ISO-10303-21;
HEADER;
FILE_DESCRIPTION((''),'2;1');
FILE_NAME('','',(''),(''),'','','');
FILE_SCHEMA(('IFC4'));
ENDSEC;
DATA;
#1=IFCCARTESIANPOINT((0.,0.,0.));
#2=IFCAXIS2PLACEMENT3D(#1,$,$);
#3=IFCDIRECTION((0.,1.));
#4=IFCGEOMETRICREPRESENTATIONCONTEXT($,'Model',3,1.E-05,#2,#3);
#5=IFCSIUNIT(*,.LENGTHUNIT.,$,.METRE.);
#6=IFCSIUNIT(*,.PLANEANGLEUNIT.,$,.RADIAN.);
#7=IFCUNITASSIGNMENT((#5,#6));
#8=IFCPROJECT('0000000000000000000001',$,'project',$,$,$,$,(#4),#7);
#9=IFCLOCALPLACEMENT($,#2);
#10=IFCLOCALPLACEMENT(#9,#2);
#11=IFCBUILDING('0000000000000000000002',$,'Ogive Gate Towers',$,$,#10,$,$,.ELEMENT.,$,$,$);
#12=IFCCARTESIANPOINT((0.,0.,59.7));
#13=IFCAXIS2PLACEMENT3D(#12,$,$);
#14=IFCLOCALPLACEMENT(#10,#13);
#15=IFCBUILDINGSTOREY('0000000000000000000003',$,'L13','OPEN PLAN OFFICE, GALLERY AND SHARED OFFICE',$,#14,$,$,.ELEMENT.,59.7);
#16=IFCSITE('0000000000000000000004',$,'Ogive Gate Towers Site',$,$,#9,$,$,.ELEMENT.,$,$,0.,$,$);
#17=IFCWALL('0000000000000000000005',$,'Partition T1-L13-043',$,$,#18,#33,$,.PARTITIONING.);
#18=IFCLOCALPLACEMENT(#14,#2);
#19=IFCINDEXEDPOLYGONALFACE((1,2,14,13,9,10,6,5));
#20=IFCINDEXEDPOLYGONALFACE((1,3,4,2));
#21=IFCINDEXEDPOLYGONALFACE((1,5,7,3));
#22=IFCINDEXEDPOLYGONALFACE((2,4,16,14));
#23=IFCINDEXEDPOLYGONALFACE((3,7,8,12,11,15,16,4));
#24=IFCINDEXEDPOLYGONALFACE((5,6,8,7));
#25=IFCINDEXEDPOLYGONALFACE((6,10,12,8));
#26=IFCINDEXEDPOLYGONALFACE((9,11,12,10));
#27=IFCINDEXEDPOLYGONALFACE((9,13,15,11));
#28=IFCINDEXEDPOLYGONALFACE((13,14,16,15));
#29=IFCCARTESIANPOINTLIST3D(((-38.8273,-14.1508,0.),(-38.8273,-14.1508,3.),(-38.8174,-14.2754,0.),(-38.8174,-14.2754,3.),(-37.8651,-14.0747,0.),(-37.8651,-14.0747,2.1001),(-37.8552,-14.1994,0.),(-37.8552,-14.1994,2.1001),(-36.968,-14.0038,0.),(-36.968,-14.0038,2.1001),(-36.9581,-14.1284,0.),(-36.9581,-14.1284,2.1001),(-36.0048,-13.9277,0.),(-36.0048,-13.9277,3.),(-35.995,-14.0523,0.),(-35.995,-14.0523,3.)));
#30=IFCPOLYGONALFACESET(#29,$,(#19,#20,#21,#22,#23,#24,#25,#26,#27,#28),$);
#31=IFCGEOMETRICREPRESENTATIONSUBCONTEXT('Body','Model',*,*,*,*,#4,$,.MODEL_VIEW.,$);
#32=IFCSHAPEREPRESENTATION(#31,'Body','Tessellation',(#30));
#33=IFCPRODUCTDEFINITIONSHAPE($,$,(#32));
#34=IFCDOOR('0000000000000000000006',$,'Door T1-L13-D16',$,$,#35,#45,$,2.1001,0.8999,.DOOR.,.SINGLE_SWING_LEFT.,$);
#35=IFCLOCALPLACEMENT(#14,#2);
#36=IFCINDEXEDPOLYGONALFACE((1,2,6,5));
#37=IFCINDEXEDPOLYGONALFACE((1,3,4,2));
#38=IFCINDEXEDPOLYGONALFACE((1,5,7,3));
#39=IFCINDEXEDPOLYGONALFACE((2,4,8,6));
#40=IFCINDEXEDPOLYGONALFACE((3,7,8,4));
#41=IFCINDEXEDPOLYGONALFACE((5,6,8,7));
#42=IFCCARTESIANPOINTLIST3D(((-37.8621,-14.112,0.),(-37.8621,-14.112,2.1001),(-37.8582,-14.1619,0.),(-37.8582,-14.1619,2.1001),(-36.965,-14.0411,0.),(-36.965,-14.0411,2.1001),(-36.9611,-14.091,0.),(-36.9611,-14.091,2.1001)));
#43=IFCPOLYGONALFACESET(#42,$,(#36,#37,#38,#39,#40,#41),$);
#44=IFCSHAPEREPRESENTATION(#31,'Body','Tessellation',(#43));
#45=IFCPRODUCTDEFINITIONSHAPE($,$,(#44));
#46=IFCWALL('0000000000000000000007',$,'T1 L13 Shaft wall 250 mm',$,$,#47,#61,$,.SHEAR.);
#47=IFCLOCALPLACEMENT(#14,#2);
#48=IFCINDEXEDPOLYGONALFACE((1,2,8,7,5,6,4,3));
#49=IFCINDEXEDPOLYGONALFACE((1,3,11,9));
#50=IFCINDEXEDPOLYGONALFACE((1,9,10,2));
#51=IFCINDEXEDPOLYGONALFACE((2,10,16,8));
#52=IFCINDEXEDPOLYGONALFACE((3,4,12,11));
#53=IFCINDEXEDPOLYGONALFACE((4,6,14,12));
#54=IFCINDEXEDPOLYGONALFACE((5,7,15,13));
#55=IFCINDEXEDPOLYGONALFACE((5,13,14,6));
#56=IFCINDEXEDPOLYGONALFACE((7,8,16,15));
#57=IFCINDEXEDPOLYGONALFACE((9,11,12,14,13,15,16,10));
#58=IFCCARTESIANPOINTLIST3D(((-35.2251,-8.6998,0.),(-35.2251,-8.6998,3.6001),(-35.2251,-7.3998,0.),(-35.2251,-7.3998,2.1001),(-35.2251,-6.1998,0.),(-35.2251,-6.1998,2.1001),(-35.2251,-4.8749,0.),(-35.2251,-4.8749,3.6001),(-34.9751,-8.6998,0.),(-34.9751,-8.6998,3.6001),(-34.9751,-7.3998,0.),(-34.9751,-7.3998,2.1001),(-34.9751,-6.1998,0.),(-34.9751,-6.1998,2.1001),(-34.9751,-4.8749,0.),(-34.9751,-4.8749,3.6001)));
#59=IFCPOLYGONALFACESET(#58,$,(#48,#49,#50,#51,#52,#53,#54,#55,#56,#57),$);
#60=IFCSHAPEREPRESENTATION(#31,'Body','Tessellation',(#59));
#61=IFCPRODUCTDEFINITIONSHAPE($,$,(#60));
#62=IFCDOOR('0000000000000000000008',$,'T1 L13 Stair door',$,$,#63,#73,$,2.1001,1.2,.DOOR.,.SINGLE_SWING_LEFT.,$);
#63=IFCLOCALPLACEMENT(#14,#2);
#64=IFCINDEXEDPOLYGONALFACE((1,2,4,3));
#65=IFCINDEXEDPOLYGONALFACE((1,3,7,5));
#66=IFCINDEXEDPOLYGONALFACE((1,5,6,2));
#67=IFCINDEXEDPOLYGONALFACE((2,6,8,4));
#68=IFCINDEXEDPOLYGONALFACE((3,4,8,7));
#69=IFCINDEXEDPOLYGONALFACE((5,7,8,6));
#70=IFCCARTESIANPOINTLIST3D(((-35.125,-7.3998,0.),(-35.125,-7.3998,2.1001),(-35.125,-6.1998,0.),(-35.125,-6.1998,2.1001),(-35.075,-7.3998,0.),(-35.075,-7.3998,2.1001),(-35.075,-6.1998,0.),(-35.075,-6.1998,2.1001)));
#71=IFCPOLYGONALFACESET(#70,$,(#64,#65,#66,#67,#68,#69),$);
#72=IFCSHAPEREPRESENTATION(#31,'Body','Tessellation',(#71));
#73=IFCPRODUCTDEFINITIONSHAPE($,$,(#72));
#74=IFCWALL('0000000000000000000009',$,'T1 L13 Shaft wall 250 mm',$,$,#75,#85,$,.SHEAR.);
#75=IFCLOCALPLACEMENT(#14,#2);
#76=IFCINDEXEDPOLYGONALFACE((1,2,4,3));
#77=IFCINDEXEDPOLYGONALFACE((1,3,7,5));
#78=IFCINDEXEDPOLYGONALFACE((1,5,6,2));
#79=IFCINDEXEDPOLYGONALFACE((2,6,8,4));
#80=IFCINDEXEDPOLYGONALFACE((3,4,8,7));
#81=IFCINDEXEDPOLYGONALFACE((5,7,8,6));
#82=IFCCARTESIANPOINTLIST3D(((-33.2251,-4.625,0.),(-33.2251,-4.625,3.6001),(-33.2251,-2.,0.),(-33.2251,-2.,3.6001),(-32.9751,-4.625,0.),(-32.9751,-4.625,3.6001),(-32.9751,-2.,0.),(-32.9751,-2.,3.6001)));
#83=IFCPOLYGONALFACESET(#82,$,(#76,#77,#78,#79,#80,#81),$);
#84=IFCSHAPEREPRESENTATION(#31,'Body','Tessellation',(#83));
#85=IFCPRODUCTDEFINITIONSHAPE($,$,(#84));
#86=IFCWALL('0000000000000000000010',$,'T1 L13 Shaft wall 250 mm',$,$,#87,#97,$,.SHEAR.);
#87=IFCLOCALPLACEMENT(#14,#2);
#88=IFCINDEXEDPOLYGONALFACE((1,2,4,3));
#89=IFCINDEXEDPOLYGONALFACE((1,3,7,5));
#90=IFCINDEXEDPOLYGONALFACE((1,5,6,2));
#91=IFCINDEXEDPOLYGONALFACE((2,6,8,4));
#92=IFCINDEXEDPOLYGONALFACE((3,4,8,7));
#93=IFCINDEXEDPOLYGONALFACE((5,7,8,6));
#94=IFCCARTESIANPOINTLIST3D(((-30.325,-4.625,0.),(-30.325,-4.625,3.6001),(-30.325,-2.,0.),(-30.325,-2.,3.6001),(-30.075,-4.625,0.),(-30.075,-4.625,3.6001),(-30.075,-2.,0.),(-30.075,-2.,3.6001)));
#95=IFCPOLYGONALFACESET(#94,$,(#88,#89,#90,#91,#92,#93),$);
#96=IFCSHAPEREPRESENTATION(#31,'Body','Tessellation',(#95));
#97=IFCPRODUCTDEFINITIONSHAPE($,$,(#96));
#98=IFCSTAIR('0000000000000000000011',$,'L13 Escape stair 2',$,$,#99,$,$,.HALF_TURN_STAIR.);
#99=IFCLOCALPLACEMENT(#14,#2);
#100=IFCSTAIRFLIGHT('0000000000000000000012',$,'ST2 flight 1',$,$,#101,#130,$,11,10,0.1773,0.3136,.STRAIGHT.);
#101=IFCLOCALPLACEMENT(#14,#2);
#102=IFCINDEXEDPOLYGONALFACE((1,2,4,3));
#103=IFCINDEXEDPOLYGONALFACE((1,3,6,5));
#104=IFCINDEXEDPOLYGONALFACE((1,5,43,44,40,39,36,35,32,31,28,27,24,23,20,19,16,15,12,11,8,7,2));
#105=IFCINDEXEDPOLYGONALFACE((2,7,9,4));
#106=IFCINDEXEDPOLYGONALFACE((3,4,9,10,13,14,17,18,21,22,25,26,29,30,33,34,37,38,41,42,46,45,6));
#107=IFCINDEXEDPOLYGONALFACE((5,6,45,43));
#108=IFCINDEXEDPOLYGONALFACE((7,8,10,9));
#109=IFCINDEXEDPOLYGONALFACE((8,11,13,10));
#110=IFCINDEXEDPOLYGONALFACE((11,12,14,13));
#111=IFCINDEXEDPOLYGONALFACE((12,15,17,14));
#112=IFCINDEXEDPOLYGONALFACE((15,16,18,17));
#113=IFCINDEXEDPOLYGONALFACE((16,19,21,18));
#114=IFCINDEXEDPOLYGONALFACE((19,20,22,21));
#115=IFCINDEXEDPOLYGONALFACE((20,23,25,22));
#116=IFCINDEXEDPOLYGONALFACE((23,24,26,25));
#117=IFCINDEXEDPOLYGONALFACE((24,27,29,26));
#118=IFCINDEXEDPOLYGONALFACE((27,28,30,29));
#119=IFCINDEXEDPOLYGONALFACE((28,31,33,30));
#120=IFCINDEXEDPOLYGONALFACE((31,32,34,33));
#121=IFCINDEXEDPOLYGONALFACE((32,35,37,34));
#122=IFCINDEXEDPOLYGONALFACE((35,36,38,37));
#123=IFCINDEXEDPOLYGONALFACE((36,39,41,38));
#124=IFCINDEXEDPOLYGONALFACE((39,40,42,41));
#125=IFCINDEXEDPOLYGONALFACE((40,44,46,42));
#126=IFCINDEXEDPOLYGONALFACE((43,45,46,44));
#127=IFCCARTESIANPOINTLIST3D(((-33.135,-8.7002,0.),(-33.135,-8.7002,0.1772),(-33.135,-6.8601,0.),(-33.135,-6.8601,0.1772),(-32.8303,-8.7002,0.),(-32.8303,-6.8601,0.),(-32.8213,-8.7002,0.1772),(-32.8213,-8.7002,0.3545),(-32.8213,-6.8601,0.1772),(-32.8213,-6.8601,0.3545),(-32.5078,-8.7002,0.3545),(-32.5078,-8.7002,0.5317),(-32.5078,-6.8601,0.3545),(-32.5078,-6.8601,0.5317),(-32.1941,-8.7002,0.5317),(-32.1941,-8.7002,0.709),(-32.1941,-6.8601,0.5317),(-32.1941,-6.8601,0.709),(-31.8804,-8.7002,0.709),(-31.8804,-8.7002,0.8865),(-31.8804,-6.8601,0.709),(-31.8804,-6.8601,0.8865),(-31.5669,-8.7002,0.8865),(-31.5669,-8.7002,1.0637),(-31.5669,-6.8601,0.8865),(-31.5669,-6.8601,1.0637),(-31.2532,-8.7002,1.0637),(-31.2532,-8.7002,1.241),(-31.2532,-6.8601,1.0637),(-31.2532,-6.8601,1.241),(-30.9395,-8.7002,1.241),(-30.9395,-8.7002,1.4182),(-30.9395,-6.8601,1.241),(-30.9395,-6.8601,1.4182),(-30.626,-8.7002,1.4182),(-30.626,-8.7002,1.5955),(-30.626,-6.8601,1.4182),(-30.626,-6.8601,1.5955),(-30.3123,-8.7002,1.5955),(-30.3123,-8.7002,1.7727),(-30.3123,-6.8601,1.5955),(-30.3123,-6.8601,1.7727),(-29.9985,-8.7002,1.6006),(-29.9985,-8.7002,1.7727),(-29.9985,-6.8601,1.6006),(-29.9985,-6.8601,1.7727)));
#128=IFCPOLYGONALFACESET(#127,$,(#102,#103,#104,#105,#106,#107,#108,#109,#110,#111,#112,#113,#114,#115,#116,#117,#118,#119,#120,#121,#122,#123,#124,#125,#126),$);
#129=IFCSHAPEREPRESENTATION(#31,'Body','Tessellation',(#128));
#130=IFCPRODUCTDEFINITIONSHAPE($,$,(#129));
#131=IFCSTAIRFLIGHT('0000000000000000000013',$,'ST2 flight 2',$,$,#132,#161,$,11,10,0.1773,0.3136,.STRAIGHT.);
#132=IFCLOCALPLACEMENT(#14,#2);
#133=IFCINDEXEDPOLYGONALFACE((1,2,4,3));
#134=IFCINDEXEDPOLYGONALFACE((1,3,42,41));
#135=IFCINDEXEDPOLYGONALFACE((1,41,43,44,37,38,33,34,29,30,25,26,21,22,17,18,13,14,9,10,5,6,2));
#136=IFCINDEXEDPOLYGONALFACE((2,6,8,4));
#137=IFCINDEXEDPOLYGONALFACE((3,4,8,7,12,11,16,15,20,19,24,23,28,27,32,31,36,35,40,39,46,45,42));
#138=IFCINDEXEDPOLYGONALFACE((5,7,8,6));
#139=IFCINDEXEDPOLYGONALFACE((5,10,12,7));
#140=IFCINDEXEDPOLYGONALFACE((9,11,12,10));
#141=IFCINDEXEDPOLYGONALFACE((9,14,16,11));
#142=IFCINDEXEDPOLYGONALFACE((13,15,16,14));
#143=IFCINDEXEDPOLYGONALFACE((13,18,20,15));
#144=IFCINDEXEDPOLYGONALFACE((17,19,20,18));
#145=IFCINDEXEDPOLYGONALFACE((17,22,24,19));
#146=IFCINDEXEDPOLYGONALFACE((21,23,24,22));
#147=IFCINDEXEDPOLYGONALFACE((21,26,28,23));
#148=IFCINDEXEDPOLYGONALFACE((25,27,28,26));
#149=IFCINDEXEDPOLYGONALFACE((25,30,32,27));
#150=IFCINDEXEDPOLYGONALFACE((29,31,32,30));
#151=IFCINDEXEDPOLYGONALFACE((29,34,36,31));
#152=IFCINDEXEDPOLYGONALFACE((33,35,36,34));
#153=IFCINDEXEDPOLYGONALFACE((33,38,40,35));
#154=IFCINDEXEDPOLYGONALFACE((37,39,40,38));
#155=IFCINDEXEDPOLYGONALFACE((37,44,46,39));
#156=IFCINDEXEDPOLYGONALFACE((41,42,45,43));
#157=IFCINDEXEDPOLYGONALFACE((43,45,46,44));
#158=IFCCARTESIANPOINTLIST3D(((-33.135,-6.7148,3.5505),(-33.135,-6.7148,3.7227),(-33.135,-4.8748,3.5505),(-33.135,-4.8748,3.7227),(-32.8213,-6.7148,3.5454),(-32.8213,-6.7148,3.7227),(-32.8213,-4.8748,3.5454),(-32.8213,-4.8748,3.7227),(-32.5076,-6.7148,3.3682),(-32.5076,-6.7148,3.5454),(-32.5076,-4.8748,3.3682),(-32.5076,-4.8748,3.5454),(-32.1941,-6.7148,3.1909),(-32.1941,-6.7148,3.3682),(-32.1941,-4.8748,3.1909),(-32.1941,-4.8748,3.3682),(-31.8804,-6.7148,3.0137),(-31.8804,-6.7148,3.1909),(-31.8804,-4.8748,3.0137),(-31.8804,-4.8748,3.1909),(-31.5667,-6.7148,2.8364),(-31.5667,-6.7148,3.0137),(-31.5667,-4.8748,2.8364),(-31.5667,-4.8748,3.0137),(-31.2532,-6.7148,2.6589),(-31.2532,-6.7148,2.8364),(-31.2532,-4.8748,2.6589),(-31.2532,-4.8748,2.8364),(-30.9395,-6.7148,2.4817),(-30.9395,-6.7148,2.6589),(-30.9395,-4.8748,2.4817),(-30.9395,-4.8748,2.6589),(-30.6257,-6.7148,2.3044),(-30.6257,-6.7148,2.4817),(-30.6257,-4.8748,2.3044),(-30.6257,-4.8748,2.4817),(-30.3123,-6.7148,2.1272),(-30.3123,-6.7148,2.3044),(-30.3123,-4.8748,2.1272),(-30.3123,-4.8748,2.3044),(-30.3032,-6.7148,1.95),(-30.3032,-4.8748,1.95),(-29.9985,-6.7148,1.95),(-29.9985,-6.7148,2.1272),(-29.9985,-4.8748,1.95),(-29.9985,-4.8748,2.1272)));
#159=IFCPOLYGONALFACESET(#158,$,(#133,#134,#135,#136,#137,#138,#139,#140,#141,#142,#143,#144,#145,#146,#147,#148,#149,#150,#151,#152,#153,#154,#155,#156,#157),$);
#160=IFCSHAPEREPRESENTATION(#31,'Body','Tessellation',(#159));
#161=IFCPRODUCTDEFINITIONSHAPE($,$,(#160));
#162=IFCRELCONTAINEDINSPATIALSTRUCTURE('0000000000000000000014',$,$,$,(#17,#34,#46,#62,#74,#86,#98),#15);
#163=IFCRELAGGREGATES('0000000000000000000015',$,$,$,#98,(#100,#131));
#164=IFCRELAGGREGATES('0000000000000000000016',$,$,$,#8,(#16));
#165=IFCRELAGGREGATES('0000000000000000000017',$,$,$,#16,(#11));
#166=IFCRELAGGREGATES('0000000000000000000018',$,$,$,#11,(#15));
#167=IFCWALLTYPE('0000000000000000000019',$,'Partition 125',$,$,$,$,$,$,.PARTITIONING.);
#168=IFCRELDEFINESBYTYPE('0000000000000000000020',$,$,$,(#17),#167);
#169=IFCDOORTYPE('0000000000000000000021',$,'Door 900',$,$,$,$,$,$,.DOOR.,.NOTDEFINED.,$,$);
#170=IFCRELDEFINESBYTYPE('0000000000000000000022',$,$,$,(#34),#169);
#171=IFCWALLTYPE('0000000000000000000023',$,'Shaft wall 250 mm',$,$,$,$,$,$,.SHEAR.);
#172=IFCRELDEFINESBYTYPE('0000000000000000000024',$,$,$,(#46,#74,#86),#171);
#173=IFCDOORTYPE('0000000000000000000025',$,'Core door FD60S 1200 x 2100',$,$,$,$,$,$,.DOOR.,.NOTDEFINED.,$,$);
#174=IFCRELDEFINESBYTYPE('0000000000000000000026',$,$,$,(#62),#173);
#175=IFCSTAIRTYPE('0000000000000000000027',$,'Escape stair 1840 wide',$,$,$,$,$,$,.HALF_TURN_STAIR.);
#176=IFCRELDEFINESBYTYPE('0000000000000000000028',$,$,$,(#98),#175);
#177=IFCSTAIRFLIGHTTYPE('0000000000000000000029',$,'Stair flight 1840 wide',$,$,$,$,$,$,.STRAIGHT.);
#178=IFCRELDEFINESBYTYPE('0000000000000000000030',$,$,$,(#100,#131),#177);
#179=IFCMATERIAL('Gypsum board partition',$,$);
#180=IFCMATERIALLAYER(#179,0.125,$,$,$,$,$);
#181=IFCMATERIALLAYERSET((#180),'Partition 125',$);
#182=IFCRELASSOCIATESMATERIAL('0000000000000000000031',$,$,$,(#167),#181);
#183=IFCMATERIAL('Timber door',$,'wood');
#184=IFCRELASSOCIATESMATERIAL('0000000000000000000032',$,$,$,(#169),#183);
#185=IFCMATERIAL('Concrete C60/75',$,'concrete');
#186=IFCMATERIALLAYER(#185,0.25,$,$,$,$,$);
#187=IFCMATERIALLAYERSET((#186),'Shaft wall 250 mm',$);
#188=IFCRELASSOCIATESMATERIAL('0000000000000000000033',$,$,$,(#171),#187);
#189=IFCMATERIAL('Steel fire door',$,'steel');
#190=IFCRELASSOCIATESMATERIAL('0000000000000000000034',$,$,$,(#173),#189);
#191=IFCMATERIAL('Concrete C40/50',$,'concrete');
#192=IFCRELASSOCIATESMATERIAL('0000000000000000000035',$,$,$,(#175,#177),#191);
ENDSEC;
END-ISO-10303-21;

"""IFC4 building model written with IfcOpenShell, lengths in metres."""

from ifc_helpers import new_model, si_unit, direction, frame, frame_2d, origin, place, context, subcontext, project, spatial, polyline, rectangle, outline, extrude, material, layer, layer_set, type_object, element, fill, aggregate, save


model = new_model("IFC4")

# Units and contexts
model_context = context("Model", 3, precision=1e-05, world=origin(), true_north=direction((0.0, 1.0)))
body_context = subcontext(model_context, "Body", "Model", "MODEL_VIEW")
ifc_project = project(units=[si_unit("LENGTHUNIT", "METRE"), si_unit("PLANEANGLEUNIT", "RADIAN")], contexts=[model_context])

# Site, building, storey
site_placement = place(None, origin())
site = spatial("IfcSite", under=ifc_project, at=site_placement, Name="Ogive Gate Towers Site", CompositionType="ELEMENT", RefElevation=0.0)
building_placement = place(site_placement, origin())
building = spatial("IfcBuilding", under=site, at=building_placement, Name="Ogive Gate Towers", CompositionType="ELEMENT")
storey_placement = place(building_placement, frame((0.0, 0.0, 59.7)))
storey = spatial("IfcBuildingStorey", under=building, at=storey_placement, Name="L13", Description="OPEN PLAN OFFICE, GALLERY AND SHARED OFFICE", CompositionType="ELEMENT", Elevation=59.7)

# Shared definitions
ifc_material_1 = material(Name="Timber door", Category="wood")
ifc_material_2 = material(Name="Concrete C60/75", Category="concrete")
ifc_material_3 = material(Name="Steel fire door", Category="steel")

# Shared definitions
ifc_material_4 = material(Name="Gypsum board partition")
ifc_layer_1 = layer(ifc_material_4, 0.125)
ifc_layer_set_1 = layer_set([ifc_layer_1], Name="Partition 125")
wall_type_1 = type_object("IfcWallType", Name="Partition 125", PredefinedType="PARTITIONING", material=ifc_layer_set_1)

# Walls, openings, doors
door_type_1 = type_object("IfcDoorType", Name="Door 900", OperationType="NOTDEFINED", PredefinedType="DOOR", material=ifc_material_1)
wall_1_placement = place(storey_placement, frame((-36.0, -13.99, 0.0), z_axis=(0.0, 0.0, 1.0), x_axis=(-0.996889, -0.078813, 0.0)))
wall_1 = element("IfcWall", 1, at=wall_1_placement, inside=storey, type_object=wall_type_1, Name="Partition T1-L13-043", PredefinedType="PARTITIONING", context=body_context, shape_type="SweptSolid", body=[
    extrude(rectangle(XDim=2.8313, YDim=0.125, at=frame_2d((1.4155, 0.0))), origin(), (0.0, 0.0, 1.0), 3.0),
])
opening_1_placement = place(wall_1_placement, frame((0.9661, 0.0, 0.0)))
opening_1 = element("IfcOpeningElement", 2, at=opening_1_placement, cuts=wall_1, PredefinedType="OPENING", context=body_context, shape_type="SweptSolid", body=[
    extrude(rectangle(XDim=0.8999, YDim=2.1001, at=frame_2d((0.45, 1.05))), frame((0.0, 0.0725, 0.0), z_axis=(0.0, -1.0, 0.0), x_axis=(1.0, 0.0, 0.0)), (0.0, 0.0, 1.0), 0.145),
])
door_1_placement = place(opening_1_placement, origin())
door_1 = element("IfcDoor", 3, at=door_1_placement, inside=storey, type_object=door_type_1, Name="Door T1-L13-D16", OperationType="SINGLE_SWING_LEFT", OverallHeight=2.1001, OverallWidth=0.8999, PredefinedType="DOOR", context=body_context, shape_type="SweptSolid", body=[
    extrude(rectangle(XDim=0.8999, YDim=2.1001, at=frame_2d((0.45, 1.05))), frame((0.0, 0.0249, 0.0), z_axis=(0.0, -1.0, 0.0), x_axis=(1.0, 0.0, 0.0)), (0.0, 0.0, 1.0), 0.05),
])
fill(opening_1, door_1)
ifc_layer_2 = layer(ifc_material_2, 0.25)
ifc_layer_set_2 = layer_set([ifc_layer_2], Name="Shaft wall 250 mm")
wall_type_2 = type_object("IfcWallType", Name="Shaft wall 250 mm", PredefinedType="SHEAR", material=ifc_layer_set_2)
wall_2_placement = place(storey_placement, frame((-35.1001, -8.7, 0.0), z_axis=(0.0, 0.0, 1.0), x_axis=(0.0, 1.0, 0.0)))
wall_2 = element("IfcWall", 4, at=wall_2_placement, inside=storey, type_object=wall_type_2, Name="T1 L13 Shaft wall 250 mm", PredefinedType="SHEAR", context=body_context, shape_type="SweptSolid", body=[
    extrude(rectangle(XDim=3.825, YDim=0.25, at=frame_2d((1.9126, 0.0))), origin(), (0.0, 0.0, 1.0), 3.6001),
])
opening_2_placement = place(wall_2_placement, frame((1.3, 0.0, 0.0)))
opening_2 = element("IfcOpeningElement", 5, at=opening_2_placement, cuts=wall_2, PredefinedType="OPENING", context=body_context, shape_type="SweptSolid", body=[
    extrude(rectangle(XDim=1.2, YDim=2.1001, at=frame_2d((0.6001, 1.05))), frame((0.0, 0.135, 0.0), z_axis=(0.0, -1.0, 0.0), x_axis=(1.0, 0.0, 0.0)), (0.0, 0.0, 1.0), 0.27),
])
door_type_2 = type_object("IfcDoorType", Name="Core door FD60S 1200 x 2100", OperationType="NOTDEFINED", PredefinedType="DOOR", material=ifc_material_3)
door_2_placement = place(opening_2_placement, origin())
door_2 = element("IfcDoor", 6, at=door_2_placement, inside=storey, type_object=door_type_2, Name="T1 L13 Stair door", OperationType="SINGLE_SWING_LEFT", OverallHeight=2.1001, OverallWidth=1.2, PredefinedType="DOOR", context=body_context, shape_type="SweptSolid", body=[
    extrude(rectangle(XDim=1.2, YDim=2.1001, at=frame_2d((0.6001, 1.05))), frame((0.0, 0.0249, 0.0), z_axis=(0.0, -1.0, 0.0), x_axis=(1.0, 0.0, 0.0)), (0.0, 0.0, 1.0), 0.05),
])
fill(opening_2, door_2)

# Walls
for number, where, z_axis, x_axis, name in (
    (7, (-33.1001, -4.625, 0.0), (0.0, 0.0, 1.0), (0.0, 1.0, 0.0), "T1 L13 Shaft wall 250 mm"),
    (8, (-30.2, -4.625, 0.0), (0.0, 0.0, 1.0), (0.0, 1.0, 0.0), "T1 L13 Shaft wall 250 mm"),
):
    element("IfcWall", number, at=place(storey_placement, frame(where, z_axis=z_axis, x_axis=x_axis)), inside=storey, type_object=wall_type_2, Name=name, PredefinedType="SHEAR", context=body_context, shape_type="SweptSolid", body=[
        extrude(rectangle(XDim=2.625, YDim=0.25, at=frame_2d((1.3125, 0.0))), origin(), (0.0, 0.0, 1.0), 3.6001),
    ])

# Stair, stair flights
ifc_material_5 = material(Name="Concrete C40/50", Category="concrete")
stair_type = type_object("IfcStairType", Name="Escape stair 1840 wide", PredefinedType="HALF_TURN_STAIR", material=ifc_material_5)
stair_placement = place(storey_placement, origin())
stair = element("IfcStair", 9, at=stair_placement, inside=storey, type_object=stair_type, Name="L13 Escape stair 2", PredefinedType="HALF_TURN_STAIR")
stair_flight_type = type_object("IfcStairFlightType", Name="Stair flight 1840 wide", PredefinedType="STRAIGHT", material=ifc_material_5)
stair_flight_1_placement = place(storey_placement, frame((-33.135, -7.78, 0.0), z_axis=(0.0, 0.0, 1.0), x_axis=(1.0, 0.0, 0.0)))
stair_flight_1 = element("IfcStairFlight", 10, at=stair_flight_1_placement, type_object=stair_flight_type, Name="ST2 flight 1", NumberOfRisers=11, NumberOfTreads=10, PredefinedType="STRAIGHT", RiserHeight=0.1773, TreadLength=0.3136, context=body_context, shape_type="SweptSolid", body=[
    extrude(outline(polyline([(0.0, 0.0), (0.0, 0.1772), (0.3137, 0.1772), (0.3137, 0.3545), (0.6272, 0.3545), (0.6272, 0.5317), (0.9409, 0.5317), (0.9409, 0.709), (1.2546, 0.709), (1.2546, 0.8865), (1.5681, 0.8865), (1.5681, 1.0637), (1.8818, 1.0637), (1.8818, 1.241), (2.1956, 1.241), (2.1956, 1.4182), (2.509, 1.4182), (2.509, 1.5955), (2.8228, 1.5955), (2.8228, 1.7727), (3.1365, 1.7727), (3.1365, 1.95), (3.1365, 1.6006), (0.3047, 0.0), (0.0, 0.0)])), frame((0.0, 0.9199, 0.0), z_axis=(0.0, -1.0, 0.0), x_axis=(1.0, 0.0, 0.0)), (0.0, 0.0, 1.0), 1.8401),
])
stair_flight_2_placement = place(storey_placement, frame((-29.9985, -5.7949, 1.95), z_axis=(0.0, 0.0, 1.0), x_axis=(-1.0, 0.0, 0.0)))
stair_flight_2 = element("IfcStairFlight", 11, at=stair_flight_2_placement, type_object=stair_flight_type, Name="ST2 flight 2", NumberOfRisers=11, NumberOfTreads=10, PredefinedType="STRAIGHT", RiserHeight=0.1773, TreadLength=0.3136, context=body_context, shape_type="SweptSolid", body=[
    extrude(outline(polyline([(0.0, 0.0), (0.0, 0.1772), (0.3137, 0.1772), (0.3137, 0.3545), (0.6272, 0.3545), (0.6272, 0.5317), (0.9409, 0.5317), (0.9409, 0.709), (1.2546, 0.709), (1.2546, 0.8865), (1.5681, 0.8865), (1.5681, 1.0637), (1.8818, 1.0637), (1.8818, 1.241), (2.1956, 1.241), (2.1956, 1.4182), (2.509, 1.4182), (2.509, 1.5955), (2.8228, 1.5955), (2.8228, 1.7727), (3.1365, 1.7727), (3.1365, 1.95), (3.1365, 1.6006), (0.3047, 0.0), (0.0, 0.0)])), frame((0.0, 0.9199, 0.0), z_axis=(0.0, -1.0, 0.0), x_axis=(1.0, 0.0, 0.0)), (0.0, 0.0, 1.0), 1.8401),
])
aggregate(stair, [stair_flight_1, stair_flight_2])

save(model, "model.ifc")
